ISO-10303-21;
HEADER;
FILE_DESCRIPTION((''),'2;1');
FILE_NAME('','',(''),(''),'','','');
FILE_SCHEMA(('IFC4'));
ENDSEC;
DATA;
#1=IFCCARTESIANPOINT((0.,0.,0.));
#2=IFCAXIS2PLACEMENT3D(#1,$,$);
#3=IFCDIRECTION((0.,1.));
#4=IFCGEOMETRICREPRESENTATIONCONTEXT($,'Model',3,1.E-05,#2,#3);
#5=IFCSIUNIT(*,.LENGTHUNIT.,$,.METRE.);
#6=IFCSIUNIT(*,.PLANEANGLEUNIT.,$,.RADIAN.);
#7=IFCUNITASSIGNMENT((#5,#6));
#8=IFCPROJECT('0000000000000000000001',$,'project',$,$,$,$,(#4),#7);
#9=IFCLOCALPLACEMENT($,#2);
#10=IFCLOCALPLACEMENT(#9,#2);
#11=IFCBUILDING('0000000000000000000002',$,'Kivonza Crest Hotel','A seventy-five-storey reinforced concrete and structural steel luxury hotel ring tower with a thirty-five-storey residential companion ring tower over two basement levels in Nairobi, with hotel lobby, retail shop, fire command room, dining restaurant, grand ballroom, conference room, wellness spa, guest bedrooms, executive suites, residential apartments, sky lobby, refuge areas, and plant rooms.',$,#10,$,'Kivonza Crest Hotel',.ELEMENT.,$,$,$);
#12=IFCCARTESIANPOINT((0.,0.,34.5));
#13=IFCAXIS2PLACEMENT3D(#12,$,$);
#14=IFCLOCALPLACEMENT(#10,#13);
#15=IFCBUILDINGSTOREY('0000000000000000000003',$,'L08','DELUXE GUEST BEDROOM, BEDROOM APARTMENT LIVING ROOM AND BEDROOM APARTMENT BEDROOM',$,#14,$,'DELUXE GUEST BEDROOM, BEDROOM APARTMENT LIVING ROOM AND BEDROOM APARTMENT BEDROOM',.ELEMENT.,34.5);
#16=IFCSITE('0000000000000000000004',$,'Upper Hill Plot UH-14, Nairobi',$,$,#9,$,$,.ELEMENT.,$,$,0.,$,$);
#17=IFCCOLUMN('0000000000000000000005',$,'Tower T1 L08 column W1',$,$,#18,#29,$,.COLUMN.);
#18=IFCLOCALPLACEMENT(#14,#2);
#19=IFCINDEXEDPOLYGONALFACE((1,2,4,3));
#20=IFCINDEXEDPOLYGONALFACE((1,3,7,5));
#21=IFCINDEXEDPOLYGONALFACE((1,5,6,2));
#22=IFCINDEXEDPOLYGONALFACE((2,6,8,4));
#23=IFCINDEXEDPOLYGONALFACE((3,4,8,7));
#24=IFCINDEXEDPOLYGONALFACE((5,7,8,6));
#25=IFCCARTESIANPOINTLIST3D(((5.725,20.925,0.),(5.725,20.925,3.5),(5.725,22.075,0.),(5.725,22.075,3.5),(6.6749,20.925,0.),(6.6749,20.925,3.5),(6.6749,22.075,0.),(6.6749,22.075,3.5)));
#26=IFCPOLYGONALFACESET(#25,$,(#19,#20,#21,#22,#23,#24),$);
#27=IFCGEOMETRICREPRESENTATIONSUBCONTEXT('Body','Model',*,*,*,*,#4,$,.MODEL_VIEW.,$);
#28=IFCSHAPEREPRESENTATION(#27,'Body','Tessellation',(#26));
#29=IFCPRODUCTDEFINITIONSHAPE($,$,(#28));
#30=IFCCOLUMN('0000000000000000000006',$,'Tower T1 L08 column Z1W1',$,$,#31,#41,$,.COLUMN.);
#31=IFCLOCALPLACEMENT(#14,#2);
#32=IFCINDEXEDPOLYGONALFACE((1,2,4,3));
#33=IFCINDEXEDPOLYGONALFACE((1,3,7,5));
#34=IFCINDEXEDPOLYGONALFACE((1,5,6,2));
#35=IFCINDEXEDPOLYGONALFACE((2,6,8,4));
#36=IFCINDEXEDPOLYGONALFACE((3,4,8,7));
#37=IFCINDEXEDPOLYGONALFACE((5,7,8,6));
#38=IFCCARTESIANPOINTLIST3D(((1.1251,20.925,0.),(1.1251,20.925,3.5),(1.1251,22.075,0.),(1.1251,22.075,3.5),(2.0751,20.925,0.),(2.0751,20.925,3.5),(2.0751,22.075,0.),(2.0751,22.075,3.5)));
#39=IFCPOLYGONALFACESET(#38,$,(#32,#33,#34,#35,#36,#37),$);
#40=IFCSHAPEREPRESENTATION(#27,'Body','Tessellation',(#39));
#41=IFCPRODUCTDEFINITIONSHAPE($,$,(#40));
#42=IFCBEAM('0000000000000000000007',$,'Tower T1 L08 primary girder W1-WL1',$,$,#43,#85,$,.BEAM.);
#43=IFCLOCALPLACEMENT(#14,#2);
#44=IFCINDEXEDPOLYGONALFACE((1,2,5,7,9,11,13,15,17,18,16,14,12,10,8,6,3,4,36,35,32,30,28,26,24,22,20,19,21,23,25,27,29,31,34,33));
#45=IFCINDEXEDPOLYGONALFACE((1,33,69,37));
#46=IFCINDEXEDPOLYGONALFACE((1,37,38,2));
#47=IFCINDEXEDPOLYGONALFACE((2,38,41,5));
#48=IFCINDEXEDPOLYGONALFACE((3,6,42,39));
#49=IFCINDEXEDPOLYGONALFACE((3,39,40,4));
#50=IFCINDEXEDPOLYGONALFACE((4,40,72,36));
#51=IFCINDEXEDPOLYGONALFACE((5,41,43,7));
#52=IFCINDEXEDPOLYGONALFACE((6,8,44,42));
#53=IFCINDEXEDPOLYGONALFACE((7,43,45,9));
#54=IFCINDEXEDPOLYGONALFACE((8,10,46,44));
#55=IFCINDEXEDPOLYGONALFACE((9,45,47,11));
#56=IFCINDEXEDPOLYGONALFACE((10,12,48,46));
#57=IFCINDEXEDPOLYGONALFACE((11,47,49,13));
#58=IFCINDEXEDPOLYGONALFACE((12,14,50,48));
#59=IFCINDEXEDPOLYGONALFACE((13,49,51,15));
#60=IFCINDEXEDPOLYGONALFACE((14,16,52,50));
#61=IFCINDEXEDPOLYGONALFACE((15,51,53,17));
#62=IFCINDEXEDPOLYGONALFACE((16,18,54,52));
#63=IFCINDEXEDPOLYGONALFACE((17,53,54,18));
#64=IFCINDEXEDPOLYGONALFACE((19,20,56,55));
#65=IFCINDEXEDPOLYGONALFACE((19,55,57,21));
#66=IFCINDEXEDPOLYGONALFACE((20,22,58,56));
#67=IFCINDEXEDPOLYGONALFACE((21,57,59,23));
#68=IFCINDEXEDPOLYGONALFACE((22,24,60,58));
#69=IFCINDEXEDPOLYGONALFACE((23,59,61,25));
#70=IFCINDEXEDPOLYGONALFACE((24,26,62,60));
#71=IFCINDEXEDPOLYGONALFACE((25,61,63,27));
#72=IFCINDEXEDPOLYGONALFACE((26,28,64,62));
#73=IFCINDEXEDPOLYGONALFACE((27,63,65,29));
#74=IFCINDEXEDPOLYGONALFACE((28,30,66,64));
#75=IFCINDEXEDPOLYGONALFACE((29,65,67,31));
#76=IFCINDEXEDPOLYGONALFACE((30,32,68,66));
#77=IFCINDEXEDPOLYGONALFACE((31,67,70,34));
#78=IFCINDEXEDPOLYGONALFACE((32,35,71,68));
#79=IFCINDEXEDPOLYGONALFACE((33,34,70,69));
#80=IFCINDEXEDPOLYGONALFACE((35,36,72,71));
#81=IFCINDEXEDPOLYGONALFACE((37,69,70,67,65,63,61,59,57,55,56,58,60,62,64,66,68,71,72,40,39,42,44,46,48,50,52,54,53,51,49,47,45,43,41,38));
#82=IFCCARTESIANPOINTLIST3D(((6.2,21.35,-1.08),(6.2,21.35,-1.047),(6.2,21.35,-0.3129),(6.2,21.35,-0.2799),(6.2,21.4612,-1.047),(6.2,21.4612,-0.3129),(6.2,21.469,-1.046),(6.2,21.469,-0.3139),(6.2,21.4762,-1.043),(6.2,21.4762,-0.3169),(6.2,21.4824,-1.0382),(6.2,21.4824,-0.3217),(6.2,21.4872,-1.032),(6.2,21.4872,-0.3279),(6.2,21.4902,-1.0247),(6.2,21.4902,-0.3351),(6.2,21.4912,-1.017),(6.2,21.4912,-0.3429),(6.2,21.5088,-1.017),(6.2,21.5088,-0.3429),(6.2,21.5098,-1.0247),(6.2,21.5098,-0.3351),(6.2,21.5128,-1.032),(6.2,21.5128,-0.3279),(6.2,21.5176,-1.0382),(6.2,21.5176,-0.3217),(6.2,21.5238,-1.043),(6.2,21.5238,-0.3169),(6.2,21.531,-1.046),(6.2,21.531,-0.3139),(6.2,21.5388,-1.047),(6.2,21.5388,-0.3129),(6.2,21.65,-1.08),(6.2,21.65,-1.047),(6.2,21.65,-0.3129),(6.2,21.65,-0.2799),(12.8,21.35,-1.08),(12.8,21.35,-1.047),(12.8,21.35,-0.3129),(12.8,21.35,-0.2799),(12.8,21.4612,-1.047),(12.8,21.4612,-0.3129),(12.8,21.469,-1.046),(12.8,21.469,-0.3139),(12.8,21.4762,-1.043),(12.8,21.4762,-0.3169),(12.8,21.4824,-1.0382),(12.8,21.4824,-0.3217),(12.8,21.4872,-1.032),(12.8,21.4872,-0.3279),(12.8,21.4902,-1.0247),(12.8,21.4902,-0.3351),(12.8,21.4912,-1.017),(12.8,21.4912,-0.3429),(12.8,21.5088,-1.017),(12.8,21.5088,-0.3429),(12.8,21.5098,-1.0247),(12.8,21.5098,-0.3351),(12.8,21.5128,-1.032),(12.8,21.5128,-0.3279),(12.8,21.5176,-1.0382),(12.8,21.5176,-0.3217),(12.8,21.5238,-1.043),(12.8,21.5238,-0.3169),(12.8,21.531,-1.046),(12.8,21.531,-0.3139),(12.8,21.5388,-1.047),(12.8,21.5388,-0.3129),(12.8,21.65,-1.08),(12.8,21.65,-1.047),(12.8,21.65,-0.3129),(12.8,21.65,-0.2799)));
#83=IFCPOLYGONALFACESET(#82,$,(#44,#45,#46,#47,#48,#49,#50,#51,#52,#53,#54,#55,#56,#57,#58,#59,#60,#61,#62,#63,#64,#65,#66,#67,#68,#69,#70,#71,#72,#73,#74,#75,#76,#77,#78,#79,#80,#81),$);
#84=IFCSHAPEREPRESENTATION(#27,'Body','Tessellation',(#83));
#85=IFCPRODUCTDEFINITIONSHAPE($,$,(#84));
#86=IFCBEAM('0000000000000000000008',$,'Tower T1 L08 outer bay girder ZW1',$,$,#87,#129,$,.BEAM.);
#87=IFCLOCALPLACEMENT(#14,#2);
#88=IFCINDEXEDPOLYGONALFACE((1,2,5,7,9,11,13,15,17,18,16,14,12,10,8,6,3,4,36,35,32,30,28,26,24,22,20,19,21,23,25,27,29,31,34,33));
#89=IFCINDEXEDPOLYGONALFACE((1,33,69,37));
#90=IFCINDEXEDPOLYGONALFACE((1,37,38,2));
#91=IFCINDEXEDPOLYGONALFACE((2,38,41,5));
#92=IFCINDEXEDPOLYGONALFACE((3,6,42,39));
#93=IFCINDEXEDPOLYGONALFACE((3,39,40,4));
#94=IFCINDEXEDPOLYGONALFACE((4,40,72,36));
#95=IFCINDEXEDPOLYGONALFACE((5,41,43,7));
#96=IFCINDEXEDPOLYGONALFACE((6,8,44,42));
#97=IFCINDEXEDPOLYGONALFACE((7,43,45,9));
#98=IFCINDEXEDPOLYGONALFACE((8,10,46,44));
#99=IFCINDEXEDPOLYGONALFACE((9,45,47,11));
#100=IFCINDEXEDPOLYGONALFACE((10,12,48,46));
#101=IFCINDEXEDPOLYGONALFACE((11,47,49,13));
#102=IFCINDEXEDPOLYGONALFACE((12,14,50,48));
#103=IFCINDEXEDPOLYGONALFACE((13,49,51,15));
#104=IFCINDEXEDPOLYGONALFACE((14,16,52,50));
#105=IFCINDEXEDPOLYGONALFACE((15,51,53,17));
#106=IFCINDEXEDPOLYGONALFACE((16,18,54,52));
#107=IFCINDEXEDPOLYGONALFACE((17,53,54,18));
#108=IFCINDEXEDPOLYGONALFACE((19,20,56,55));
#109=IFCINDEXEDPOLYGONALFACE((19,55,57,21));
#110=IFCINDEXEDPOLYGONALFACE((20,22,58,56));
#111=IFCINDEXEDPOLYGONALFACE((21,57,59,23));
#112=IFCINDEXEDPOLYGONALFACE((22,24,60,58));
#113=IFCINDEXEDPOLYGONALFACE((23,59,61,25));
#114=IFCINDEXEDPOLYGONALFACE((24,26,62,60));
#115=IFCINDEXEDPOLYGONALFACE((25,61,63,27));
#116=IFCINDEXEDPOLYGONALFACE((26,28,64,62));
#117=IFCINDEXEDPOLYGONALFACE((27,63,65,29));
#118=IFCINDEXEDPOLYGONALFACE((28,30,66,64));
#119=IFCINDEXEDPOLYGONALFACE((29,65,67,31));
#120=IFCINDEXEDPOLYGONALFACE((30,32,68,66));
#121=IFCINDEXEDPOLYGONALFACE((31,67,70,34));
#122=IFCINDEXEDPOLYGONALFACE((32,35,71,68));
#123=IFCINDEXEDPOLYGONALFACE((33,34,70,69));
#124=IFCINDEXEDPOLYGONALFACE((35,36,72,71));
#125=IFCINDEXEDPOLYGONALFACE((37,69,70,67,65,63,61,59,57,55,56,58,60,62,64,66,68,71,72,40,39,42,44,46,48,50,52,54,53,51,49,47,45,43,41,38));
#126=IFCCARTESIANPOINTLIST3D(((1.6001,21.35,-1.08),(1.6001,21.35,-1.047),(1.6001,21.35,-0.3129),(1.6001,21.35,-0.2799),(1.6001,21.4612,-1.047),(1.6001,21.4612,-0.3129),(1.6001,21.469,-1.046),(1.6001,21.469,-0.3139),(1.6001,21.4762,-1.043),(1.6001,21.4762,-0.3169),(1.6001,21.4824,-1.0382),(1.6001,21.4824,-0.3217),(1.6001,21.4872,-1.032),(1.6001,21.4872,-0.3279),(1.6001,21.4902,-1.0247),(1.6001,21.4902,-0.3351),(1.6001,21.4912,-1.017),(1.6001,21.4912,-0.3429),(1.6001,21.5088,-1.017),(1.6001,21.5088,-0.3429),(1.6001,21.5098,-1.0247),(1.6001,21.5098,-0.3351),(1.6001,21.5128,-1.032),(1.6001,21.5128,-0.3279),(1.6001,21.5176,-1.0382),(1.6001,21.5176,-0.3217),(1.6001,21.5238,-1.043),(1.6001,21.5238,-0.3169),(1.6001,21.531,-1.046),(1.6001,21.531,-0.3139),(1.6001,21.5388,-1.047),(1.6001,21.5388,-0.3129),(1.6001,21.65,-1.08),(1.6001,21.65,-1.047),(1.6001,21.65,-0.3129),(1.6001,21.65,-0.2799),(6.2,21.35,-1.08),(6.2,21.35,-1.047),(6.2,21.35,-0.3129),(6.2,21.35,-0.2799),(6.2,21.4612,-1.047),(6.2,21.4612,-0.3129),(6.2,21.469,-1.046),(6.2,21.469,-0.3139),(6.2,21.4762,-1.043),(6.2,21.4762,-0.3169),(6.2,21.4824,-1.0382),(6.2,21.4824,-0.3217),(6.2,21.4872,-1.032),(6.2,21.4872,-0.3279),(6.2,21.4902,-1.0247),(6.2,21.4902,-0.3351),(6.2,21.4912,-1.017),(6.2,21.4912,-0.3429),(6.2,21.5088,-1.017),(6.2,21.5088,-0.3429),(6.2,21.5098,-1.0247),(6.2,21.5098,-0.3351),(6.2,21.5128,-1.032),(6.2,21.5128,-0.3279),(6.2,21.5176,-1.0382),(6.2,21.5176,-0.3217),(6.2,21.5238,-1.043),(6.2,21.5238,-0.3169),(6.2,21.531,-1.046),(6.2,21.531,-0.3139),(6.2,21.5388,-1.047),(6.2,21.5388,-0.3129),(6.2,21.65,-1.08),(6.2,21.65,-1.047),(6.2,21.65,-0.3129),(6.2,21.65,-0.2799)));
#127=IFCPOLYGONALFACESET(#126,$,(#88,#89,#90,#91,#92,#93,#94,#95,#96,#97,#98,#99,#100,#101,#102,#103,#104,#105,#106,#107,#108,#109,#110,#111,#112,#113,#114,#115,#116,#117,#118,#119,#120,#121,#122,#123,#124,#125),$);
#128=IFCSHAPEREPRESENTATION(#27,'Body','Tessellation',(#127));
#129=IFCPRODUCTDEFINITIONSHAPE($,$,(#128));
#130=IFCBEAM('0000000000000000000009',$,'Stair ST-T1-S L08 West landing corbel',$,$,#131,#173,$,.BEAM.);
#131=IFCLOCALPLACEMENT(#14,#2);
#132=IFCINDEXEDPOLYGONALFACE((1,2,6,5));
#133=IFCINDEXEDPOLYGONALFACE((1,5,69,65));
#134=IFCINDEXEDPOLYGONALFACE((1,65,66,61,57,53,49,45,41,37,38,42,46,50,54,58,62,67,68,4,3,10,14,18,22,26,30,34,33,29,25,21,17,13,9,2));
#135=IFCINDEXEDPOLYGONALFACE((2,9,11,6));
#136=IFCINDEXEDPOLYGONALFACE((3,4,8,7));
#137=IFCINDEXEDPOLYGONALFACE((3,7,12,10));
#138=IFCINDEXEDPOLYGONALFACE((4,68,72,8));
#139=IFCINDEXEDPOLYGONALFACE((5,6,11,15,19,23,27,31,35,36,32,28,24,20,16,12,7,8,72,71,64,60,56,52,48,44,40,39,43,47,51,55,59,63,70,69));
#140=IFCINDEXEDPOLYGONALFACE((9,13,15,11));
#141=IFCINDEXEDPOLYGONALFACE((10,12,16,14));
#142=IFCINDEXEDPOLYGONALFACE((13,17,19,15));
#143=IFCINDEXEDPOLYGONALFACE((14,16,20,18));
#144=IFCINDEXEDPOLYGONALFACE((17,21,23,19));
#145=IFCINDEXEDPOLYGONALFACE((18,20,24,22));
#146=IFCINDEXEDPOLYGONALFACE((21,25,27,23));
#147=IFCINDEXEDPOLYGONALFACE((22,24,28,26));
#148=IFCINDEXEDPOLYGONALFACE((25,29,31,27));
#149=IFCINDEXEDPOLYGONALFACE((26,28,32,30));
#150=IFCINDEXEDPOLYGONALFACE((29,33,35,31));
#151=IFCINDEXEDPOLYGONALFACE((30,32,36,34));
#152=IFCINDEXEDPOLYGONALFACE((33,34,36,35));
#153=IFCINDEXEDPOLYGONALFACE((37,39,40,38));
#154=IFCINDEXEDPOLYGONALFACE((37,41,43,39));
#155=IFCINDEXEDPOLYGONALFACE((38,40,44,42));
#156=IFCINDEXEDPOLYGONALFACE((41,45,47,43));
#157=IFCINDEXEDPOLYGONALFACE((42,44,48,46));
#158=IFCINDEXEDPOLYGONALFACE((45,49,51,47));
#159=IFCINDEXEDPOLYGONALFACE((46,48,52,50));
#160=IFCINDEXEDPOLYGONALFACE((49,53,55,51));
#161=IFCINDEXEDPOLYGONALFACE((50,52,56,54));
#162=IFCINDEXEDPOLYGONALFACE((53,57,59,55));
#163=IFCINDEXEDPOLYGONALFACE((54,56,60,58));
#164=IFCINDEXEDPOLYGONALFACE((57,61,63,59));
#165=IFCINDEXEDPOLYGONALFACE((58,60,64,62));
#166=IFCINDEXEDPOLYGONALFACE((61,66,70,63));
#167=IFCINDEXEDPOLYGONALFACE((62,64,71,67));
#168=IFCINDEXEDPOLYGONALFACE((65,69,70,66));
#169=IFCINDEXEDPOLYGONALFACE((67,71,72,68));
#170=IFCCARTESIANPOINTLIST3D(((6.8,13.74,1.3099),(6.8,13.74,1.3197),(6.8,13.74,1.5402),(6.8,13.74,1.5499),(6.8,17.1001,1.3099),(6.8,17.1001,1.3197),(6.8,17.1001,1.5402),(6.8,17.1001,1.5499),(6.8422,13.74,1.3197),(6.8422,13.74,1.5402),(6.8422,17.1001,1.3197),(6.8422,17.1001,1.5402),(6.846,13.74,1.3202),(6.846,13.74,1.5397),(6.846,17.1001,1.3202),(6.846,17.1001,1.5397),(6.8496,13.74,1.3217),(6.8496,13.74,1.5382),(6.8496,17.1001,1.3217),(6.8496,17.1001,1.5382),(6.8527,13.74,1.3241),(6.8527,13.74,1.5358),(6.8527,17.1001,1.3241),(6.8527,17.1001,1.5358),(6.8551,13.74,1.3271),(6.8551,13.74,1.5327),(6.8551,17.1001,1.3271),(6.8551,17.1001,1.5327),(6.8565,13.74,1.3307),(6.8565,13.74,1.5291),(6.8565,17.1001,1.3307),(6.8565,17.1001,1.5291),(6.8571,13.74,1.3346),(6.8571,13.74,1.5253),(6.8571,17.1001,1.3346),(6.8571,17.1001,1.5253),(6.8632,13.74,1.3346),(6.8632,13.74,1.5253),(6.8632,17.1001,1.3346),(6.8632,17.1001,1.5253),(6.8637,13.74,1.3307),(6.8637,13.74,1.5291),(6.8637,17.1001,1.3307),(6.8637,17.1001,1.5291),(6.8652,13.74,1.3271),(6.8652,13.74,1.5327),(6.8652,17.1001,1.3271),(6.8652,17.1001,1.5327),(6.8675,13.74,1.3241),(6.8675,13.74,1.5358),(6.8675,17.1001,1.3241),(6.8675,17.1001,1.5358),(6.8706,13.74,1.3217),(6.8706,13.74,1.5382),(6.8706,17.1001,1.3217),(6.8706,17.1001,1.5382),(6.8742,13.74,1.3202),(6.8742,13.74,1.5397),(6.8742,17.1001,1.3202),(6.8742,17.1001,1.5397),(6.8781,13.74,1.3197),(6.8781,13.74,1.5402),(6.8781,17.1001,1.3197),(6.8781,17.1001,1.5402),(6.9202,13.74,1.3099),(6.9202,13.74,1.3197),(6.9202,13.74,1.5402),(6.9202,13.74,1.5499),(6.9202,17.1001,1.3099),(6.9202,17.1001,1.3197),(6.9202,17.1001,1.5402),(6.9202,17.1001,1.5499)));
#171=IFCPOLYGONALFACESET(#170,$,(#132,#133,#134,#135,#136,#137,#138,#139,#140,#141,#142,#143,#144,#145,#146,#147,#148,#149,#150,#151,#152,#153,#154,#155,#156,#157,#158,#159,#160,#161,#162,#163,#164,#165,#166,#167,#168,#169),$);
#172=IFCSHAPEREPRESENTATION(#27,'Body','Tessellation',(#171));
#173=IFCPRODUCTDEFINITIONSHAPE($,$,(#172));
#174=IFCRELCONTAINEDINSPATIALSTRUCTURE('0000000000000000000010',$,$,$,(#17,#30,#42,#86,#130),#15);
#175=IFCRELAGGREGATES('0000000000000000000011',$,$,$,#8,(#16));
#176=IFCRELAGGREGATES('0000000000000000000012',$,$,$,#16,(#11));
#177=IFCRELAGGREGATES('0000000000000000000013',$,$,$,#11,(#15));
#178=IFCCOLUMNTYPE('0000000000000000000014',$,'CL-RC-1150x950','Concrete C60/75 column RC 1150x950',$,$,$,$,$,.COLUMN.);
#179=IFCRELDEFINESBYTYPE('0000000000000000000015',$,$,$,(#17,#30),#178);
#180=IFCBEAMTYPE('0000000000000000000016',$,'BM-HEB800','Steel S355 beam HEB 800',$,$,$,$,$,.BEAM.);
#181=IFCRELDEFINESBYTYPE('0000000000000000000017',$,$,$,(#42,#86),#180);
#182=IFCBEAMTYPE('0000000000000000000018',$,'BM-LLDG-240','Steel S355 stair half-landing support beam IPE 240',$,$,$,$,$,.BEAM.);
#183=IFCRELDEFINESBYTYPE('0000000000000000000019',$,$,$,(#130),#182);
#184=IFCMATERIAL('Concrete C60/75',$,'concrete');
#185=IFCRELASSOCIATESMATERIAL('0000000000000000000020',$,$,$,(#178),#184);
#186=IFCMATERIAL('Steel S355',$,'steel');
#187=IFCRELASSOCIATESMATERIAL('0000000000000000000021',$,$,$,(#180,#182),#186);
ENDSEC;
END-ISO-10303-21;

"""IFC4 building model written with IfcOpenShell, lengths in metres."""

from ifc_helpers import new_model, si_unit, direction, frame, origin, origin_2d, place, context, subcontext, project, spatial, rectangle, i_section, extrude, material, material_profile, profile_set, type_object, element, save


model = new_model("IFC4")

# Units and contexts
model_context = context("Model", 3, precision=1e-05, world=origin(), true_north=direction((0.0, 1.0)))
body_context = subcontext(model_context, "Body", "Model", "MODEL_VIEW")
ifc_project = project(units=[si_unit("LENGTHUNIT", "METRE"), si_unit("PLANEANGLEUNIT", "RADIAN")], contexts=[model_context])

# Site, building, storey
site_placement = place(None, origin())
site = spatial("IfcSite", under=ifc_project, at=site_placement, Name="Upper Hill Plot UH-14, Nairobi", CompositionType="ELEMENT", RefElevation=0.0)
building_placement = place(site_placement, origin())
building = spatial("IfcBuilding", under=site, at=building_placement, Name="Kivonza Crest Hotel", Description="A seventy-five-storey reinforced concrete and structural steel luxury hotel ring tower with a thirty-five-storey residential companion ring tower over two basement levels in Nairobi, with hotel lobby, retail shop, fire command room, dining restaurant, grand ballroom, conference room, wellness spa, guest bedrooms, executive suites, residential apartments, sky lobby, refuge areas, and plant rooms.", LongName="Kivonza Crest Hotel", CompositionType="ELEMENT")
storey_placement = place(building_placement, frame((0.0, 0.0, 34.5)))
storey = spatial("IfcBuildingStorey", under=building, at=storey_placement, Name="L08", Description="DELUXE GUEST BEDROOM, BEDROOM APARTMENT LIVING ROOM AND BEDROOM APARTMENT BEDROOM", LongName="DELUXE GUEST BEDROOM, BEDROOM APARTMENT LIVING ROOM AND BEDROOM APARTMENT BEDROOM", CompositionType="ELEMENT", Elevation=34.5)

# Columns
ifc_material_1 = material(Name="Concrete C60/75", Category="concrete")
ifc_material_profile_1 = material_profile(ifc_material_1, rectangle(XDim=0.95, YDim=1.1499, at=origin_2d()), Name="RC 1150x950")
ifc_profile_set_1 = profile_set([ifc_material_profile_1], Name="Concrete C60/75")
column_type = type_object("IfcColumnType", Name="CL-RC-1150x950", Description="Concrete C60/75 column RC 1150x950", PredefinedType="COLUMN", material=ifc_profile_set_1)
for number, where, z_axis, x_axis, name in (
    (1, (6.2, 21.5, 0.0), (0.0, 0.0, 1.0), (1.0, 0.0, 0.0), "Tower T1 L08 column W1"),
    (2, (1.6001, 21.5, 0.0), (0.0, 0.0, 1.0), (1.0, 0.0, 0.0), "Tower T1 L08 column Z1W1"),
):
    element("IfcColumn", number, at=place(storey_placement, frame(where, z_axis=z_axis, x_axis=x_axis)), inside=storey, type_object=column_type, Name=name, PredefinedType="COLUMN", context=body_context, shape_type="SweptSolid", body=[
        extrude(rectangle(XDim=0.95, YDim=1.1499, at=origin_2d()), origin(), (0.0, 0.0, 1.0), 3.5),
    ])

# Beams
ifc_material_2 = material(Name="Steel S355", Category="steel")
ifc_material_profile_2 = material_profile(ifc_material_2, i_section(OverallWidth=0.3, OverallDepth=0.8, WebThickness=0.0176, FlangeThickness=0.033, FilletRadius=0.03, at=origin_2d()), Name="HEB 800")
ifc_profile_set_2 = profile_set([ifc_material_profile_2], Name="Steel S355")
beam_type_1 = type_object("IfcBeamType", Name="BM-HEB800", Description="Steel S355 beam HEB 800", PredefinedType="BEAM", material=ifc_profile_set_2)
beam_1_placement = place(storey_placement, frame((6.2, 21.5, -0.6799), z_axis=(1.0, 0.0, 0.0), x_axis=(0.0, 1.0, 0.0)))
element("IfcBeam", 3, at=beam_1_placement, inside=storey, type_object=beam_type_1, Name="Tower T1 L08 primary girder W1-WL1", PredefinedType="BEAM", context=body_context, shape_type="SweptSolid", body=[
    extrude(i_section(OverallWidth=0.3, OverallDepth=0.8, WebThickness=0.0176, FlangeThickness=0.033, FilletRadius=0.03, at=origin_2d()), origin(), (0.0, 0.0, 1.0), 6.6001),
])
beam_2_placement = place(storey_placement, frame((1.6001, 21.5, -0.6799), z_axis=(1.0, 0.0, 0.0), x_axis=(0.0, 1.0, 0.0)))
element("IfcBeam", 4, at=beam_2_placement, inside=storey, type_object=beam_type_1, Name="Tower T1 L08 outer bay girder ZW1", PredefinedType="BEAM", context=body_context, shape_type="SweptSolid", body=[
    extrude(i_section(OverallWidth=0.3, OverallDepth=0.8, WebThickness=0.0176, FlangeThickness=0.033, FilletRadius=0.03, at=origin_2d()), origin(), (0.0, 0.0, 1.0), 4.5999),
])
ifc_material_profile_3 = material_profile(ifc_material_2, i_section(OverallWidth=0.1201, OverallDepth=0.24, WebThickness=0.0061, FlangeThickness=0.0098, FilletRadius=0.0149, at=origin_2d()), Name="IPE 240")
ifc_profile_set_3 = profile_set([ifc_material_profile_3], Name="Steel S355")
beam_type_2 = type_object("IfcBeamType", Name="BM-LLDG-240", Description="Steel S355 stair half-landing support beam IPE 240", PredefinedType="BEAM", material=ifc_profile_set_3)
beam_3_placement = place(storey_placement, frame((6.8601, 13.74, 1.4299), z_axis=(0.0, 1.0, 0.0), x_axis=(-1.0, 0.0, 0.0)))
element("IfcBeam", 5, at=beam_3_placement, inside=storey, type_object=beam_type_2, Name="Stair ST-T1-S L08 West landing corbel", PredefinedType="BEAM", context=body_context, shape_type="SweptSolid", body=[
    extrude(i_section(OverallWidth=0.1201, OverallDepth=0.24, WebThickness=0.0061, FlangeThickness=0.0098, FilletRadius=0.0149, at=origin_2d()), origin(), (0.0, 0.0, 1.0), 3.3601),
])

save(model, "model.ifc")
